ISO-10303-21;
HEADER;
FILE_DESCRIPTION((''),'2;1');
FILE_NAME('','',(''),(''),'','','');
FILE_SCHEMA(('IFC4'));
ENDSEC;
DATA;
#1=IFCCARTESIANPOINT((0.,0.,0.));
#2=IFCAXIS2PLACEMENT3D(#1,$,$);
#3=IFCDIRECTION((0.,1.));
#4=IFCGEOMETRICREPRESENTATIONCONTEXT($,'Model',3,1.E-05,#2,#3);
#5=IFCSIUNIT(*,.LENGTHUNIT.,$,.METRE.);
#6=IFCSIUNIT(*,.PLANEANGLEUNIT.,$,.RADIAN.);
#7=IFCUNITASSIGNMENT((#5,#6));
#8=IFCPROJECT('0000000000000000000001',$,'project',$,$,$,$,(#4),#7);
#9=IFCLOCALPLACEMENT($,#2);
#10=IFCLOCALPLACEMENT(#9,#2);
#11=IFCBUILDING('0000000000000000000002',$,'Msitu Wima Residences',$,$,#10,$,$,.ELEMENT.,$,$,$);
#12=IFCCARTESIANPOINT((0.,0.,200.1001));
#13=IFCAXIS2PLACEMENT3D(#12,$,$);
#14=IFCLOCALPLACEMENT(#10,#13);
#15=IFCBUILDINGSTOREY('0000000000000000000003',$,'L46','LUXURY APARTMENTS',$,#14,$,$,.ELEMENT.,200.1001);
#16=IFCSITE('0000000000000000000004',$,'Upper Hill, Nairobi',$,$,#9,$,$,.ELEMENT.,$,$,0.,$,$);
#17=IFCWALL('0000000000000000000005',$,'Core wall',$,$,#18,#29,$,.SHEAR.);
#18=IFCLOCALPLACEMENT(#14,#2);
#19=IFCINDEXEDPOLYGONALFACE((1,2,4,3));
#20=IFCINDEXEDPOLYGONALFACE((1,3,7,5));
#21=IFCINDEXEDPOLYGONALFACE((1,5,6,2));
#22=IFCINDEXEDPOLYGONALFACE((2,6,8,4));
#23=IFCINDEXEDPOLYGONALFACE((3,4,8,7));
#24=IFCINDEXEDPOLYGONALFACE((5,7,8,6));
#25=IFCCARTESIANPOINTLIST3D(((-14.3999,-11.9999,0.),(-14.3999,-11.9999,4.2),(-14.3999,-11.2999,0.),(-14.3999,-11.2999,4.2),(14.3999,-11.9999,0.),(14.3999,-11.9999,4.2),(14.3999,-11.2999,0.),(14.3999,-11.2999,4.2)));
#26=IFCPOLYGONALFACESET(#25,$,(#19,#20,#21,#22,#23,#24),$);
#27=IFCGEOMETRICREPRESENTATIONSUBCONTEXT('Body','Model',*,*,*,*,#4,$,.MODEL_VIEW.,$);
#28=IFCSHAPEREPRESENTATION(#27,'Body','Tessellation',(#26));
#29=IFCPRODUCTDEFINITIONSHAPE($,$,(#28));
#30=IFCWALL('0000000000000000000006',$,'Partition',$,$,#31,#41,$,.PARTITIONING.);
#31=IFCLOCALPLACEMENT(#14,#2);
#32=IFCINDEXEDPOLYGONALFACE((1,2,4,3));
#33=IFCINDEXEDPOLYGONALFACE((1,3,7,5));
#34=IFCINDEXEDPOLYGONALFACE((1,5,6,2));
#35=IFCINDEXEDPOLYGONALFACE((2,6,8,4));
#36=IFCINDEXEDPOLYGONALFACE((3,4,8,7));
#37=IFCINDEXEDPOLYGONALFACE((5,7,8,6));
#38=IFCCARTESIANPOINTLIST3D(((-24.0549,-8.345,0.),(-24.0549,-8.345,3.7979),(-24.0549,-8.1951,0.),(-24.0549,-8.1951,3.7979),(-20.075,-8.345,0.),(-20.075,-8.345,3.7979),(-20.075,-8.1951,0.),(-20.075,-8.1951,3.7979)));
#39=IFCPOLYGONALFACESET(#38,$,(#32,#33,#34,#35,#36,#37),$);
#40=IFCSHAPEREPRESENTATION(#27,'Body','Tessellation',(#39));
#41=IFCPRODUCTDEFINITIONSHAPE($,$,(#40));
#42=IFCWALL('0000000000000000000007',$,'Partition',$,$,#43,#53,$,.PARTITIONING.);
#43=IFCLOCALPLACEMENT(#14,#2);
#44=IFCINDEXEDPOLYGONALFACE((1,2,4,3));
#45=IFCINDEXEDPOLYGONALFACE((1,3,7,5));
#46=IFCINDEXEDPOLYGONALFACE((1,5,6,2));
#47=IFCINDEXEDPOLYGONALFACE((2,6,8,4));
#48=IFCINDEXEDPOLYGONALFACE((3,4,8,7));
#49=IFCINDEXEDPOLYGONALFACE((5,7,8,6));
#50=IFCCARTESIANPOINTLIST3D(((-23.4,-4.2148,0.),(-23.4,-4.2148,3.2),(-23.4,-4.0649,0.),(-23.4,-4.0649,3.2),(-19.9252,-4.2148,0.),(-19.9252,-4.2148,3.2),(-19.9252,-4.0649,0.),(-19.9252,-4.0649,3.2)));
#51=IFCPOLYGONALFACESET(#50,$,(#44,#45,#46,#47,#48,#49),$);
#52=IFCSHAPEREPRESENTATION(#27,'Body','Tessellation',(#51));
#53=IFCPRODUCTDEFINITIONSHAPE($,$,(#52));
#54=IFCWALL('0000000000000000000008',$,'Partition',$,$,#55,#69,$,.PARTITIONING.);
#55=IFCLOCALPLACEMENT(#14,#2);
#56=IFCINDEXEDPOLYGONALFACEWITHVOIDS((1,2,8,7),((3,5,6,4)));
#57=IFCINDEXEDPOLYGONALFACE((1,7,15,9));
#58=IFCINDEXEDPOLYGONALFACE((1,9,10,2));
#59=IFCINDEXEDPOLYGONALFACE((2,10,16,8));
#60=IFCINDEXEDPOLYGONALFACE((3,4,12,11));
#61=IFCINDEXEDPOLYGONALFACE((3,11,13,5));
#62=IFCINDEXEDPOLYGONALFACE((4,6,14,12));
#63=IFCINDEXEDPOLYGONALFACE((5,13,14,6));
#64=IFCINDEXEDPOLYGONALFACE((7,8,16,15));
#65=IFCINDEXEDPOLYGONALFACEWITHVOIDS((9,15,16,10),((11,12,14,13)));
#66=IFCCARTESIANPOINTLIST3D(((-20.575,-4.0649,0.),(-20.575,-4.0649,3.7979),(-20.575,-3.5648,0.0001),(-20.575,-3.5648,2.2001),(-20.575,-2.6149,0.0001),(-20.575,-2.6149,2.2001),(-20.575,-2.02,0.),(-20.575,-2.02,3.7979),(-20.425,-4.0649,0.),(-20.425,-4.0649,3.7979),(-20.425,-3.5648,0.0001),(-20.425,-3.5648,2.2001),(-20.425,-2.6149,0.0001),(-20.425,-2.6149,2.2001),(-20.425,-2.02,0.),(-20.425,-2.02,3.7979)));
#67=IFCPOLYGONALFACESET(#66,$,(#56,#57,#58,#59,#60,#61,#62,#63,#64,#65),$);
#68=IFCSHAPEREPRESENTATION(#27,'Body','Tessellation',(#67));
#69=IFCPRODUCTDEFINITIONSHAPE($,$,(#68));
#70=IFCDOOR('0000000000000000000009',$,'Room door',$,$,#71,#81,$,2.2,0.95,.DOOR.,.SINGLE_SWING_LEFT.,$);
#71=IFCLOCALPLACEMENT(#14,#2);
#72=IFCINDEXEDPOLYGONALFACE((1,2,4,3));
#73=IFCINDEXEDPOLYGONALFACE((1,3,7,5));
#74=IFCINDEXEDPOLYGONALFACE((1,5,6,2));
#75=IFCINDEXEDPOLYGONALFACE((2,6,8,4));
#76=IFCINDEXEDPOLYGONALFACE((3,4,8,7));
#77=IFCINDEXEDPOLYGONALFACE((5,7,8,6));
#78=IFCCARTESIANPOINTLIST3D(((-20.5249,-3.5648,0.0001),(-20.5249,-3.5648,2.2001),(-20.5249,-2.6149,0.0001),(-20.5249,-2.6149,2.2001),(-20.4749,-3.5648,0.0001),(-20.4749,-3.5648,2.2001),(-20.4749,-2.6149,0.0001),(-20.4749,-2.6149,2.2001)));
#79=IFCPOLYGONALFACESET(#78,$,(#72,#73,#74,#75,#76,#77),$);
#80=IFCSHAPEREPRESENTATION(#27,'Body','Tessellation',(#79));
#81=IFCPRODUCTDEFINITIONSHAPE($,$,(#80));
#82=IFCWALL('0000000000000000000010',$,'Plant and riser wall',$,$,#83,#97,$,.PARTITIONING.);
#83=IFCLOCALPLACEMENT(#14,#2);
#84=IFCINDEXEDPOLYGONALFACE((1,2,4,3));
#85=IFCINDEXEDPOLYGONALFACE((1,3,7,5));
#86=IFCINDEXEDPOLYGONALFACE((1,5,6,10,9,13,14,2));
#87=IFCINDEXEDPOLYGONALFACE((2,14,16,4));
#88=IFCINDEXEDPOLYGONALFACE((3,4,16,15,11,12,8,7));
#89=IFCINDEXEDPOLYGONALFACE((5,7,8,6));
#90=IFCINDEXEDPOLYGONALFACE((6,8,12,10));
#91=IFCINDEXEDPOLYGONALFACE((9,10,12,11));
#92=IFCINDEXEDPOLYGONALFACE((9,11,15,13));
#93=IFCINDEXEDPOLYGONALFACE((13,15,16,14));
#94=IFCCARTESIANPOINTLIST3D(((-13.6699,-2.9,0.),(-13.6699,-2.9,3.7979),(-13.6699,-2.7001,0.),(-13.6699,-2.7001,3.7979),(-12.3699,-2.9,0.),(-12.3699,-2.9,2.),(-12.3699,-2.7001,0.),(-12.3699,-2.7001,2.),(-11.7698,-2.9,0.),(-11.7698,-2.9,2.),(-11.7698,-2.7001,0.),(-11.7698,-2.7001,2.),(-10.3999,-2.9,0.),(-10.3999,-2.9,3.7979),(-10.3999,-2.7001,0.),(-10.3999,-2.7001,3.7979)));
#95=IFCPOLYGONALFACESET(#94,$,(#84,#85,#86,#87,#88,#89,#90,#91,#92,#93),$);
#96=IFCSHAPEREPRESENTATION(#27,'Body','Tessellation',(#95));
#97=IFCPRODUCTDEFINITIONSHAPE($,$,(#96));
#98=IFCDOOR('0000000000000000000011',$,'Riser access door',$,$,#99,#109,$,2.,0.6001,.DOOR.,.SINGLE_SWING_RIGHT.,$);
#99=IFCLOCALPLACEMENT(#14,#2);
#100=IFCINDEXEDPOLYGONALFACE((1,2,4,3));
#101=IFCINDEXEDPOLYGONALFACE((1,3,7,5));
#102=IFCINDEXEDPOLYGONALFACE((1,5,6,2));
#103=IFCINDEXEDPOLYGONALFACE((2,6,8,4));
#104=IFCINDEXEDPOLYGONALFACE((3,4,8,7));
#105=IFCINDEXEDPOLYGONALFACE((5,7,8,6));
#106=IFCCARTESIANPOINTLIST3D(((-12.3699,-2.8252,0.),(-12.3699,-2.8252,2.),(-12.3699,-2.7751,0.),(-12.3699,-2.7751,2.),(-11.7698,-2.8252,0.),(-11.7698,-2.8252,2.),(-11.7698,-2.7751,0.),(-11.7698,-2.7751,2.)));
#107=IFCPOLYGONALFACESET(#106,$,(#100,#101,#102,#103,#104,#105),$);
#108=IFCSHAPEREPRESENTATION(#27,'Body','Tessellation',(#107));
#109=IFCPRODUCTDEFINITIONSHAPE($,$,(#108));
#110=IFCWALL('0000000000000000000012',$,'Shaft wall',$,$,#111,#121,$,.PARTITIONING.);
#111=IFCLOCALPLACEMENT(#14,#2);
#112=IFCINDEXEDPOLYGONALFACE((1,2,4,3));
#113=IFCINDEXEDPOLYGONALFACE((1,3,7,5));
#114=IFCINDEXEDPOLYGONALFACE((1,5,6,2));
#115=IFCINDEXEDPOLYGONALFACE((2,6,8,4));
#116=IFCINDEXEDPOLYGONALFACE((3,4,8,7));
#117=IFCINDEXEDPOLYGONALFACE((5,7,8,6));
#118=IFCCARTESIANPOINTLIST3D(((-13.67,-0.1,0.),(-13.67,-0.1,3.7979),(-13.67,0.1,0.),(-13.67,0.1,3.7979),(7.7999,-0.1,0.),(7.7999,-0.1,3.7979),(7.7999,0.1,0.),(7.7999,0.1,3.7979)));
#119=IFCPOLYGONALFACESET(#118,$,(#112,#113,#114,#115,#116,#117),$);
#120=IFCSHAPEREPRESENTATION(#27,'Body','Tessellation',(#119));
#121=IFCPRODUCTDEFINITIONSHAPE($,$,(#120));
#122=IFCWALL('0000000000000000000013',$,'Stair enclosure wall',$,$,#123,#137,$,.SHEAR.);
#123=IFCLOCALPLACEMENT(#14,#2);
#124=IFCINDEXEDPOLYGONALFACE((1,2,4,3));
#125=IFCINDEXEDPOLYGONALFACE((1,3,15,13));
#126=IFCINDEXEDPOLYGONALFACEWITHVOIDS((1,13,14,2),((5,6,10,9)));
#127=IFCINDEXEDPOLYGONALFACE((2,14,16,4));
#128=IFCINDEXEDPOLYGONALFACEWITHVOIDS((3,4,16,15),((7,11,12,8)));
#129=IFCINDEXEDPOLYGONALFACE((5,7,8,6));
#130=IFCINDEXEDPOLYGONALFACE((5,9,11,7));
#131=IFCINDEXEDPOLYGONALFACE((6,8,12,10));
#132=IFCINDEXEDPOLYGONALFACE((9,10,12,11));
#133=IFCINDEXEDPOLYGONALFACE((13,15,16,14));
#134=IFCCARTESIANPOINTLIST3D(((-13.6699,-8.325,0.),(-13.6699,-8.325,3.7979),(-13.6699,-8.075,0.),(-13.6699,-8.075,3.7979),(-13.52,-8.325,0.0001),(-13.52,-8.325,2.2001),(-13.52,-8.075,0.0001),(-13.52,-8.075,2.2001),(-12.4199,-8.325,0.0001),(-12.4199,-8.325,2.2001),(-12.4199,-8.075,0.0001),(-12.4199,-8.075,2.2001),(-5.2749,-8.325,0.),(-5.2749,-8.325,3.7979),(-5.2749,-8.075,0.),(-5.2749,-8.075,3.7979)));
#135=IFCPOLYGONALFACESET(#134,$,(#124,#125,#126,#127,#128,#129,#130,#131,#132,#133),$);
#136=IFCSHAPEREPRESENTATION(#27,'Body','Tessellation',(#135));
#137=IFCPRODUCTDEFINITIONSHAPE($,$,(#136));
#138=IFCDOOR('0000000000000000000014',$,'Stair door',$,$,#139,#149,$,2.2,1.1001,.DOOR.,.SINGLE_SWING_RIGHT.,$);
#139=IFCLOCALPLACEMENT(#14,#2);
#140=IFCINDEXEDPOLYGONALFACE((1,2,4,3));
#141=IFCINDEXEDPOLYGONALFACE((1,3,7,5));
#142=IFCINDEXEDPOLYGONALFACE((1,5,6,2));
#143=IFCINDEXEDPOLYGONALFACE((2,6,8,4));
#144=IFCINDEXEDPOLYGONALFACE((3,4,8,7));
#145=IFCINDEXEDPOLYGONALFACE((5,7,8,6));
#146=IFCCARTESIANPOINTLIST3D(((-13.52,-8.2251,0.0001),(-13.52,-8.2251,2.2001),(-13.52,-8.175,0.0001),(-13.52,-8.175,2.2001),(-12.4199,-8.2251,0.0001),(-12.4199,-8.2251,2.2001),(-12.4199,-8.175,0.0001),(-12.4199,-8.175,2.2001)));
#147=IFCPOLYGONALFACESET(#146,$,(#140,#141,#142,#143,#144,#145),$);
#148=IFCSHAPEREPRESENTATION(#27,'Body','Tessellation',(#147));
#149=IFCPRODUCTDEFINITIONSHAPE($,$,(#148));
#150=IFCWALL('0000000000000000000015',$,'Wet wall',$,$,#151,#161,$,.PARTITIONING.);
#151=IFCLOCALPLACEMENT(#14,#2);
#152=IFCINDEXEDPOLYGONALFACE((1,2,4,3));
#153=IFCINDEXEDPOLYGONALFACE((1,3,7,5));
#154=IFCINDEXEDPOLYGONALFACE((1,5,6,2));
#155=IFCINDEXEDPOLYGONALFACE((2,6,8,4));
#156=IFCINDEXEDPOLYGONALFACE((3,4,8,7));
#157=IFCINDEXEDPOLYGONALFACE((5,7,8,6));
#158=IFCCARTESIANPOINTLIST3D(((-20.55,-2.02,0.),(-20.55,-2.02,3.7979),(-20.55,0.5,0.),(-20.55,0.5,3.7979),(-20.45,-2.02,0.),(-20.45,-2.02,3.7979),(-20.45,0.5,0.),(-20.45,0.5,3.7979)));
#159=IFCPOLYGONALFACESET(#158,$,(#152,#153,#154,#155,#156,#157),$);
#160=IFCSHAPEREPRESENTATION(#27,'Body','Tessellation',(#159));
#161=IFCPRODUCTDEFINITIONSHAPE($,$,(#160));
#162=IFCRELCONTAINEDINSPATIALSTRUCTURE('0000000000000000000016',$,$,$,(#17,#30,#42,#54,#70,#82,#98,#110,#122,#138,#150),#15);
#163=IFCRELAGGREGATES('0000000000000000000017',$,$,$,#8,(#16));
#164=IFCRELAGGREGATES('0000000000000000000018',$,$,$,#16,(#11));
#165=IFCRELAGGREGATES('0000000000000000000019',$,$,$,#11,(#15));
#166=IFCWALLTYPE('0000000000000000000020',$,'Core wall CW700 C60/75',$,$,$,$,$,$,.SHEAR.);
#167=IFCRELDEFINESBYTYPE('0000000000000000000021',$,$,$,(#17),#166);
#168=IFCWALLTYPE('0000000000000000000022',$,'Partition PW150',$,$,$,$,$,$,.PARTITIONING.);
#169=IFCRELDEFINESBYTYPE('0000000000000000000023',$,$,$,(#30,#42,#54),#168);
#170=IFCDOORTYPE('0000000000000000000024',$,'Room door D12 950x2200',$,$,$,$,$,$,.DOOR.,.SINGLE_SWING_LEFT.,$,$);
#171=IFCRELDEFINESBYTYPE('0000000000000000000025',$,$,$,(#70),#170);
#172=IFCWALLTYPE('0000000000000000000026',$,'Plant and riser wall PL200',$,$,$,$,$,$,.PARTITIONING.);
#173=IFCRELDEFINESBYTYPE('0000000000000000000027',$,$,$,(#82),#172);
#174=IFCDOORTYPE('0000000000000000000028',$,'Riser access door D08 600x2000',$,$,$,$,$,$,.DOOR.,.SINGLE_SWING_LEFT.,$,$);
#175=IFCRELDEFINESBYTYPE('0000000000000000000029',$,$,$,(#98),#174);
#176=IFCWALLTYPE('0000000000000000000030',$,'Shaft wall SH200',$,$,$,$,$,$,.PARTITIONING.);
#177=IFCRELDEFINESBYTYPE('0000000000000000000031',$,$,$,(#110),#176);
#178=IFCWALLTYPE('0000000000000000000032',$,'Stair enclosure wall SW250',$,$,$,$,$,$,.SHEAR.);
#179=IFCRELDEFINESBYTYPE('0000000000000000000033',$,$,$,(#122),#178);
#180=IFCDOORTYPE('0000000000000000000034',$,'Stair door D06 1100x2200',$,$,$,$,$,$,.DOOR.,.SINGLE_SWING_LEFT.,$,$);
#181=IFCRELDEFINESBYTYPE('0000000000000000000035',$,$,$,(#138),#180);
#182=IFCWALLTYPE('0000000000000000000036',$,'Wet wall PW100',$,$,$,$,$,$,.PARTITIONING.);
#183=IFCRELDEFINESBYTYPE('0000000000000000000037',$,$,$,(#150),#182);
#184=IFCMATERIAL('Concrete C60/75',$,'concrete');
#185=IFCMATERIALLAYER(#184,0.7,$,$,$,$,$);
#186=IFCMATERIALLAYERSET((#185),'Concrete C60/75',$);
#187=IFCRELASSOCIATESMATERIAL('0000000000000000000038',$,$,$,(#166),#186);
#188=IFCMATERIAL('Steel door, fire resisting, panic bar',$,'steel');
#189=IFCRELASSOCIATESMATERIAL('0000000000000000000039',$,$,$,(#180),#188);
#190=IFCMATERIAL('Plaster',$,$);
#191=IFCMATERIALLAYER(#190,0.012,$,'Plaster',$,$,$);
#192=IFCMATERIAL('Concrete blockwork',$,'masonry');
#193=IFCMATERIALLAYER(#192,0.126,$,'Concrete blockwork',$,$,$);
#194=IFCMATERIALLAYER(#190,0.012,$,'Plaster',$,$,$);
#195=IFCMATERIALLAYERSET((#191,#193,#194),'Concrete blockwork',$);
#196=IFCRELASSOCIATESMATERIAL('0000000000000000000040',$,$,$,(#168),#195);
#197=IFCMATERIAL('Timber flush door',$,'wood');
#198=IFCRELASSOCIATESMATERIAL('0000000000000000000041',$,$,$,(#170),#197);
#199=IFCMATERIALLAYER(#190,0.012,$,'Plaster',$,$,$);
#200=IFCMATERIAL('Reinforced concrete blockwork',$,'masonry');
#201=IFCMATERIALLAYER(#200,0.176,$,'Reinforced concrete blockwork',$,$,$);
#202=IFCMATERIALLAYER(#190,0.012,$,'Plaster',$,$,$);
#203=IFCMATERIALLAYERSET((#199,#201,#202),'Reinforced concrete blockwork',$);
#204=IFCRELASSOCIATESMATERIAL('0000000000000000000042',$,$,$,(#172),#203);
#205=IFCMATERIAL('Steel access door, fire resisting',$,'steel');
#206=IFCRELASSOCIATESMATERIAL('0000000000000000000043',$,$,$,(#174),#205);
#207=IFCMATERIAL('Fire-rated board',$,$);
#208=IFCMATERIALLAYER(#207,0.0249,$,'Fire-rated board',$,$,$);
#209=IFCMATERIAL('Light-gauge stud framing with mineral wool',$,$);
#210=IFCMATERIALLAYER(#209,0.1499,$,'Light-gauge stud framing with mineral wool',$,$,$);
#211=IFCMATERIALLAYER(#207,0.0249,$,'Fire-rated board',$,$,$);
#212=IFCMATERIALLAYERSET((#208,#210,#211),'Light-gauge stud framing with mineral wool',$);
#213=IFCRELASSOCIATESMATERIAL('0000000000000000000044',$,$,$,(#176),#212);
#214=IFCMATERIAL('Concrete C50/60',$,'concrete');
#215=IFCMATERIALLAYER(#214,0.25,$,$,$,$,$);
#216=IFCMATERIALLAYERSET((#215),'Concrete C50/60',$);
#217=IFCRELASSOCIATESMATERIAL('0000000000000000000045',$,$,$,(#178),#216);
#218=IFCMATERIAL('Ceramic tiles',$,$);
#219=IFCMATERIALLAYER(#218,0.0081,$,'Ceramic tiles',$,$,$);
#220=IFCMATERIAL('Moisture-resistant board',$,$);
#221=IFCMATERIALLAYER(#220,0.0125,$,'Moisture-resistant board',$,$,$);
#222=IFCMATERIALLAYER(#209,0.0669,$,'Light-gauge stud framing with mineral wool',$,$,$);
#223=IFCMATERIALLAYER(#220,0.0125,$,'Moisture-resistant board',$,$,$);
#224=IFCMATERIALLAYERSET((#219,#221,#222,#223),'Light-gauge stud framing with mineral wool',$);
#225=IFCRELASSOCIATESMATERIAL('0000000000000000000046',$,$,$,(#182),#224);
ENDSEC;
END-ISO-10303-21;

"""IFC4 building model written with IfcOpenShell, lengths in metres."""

from ifc_helpers import new_model, si_unit, direction, frame, frame_2d, origin, place, context, subcontext, project, spatial, rectangle, extrude, material, layer, layer_set, type_object, element, fill, save


model = new_model("IFC4")

# Units and contexts
model_context = context("Model", 3, precision=1e-05, world=origin(), true_north=direction((0.0, 1.0)))
body_context = subcontext(model_context, "Body", "Model", "MODEL_VIEW")
ifc_project = project(units=[si_unit("LENGTHUNIT", "METRE"), si_unit("PLANEANGLEUNIT", "RADIAN")], contexts=[model_context])

# Site, building, storey
site_placement = place(None, origin())
site = spatial("IfcSite", under=ifc_project, at=site_placement, Name="Upper Hill, Nairobi", CompositionType="ELEMENT", RefElevation=0.0)
building_placement = place(site_placement, origin())
building = spatial("IfcBuilding", under=site, at=building_placement, Name="Msitu Wima Residences", CompositionType="ELEMENT")
storey_placement = place(building_placement, frame((0.0, 0.0, 200.1001)))
storey = spatial("IfcBuildingStorey", under=building, at=storey_placement, Name="L46", Description="LUXURY APARTMENTS", CompositionType="ELEMENT", Elevation=200.1001)

# Shared definitions
ifc_material_1 = material(Name="Concrete C60/75", Category="concrete")

# Shared definitions
ifc_material_2 = material(Name="Concrete C50/60", Category="concrete")

# Wall
ifc_layer_1 = layer(ifc_material_1, 0.7)
ifc_layer_set_1 = layer_set([ifc_layer_1], Name="Concrete C60/75")
wall_type_1 = type_object("IfcWallType", Name="Core wall CW700 C60/75", PredefinedType="SHEAR", material=ifc_layer_set_1)
wall_1_placement = place(storey_placement, frame((-14.3999, -11.6499, 0.0), z_axis=(0.0, 0.0, 1.0), x_axis=(1.0, 0.0, 0.0)))
element("IfcWall", 1, at=wall_1_placement, inside=storey, type_object=wall_type_1, Name="Core wall", PredefinedType="SHEAR", context=body_context, shape_type="SweptSolid", body=[
    extrude(rectangle(XDim=28.7998, YDim=0.7, at=frame_2d((14.3999, 0.0))), origin(), (0.0, 0.0, 1.0), 4.2),
])

# Shared definitions
ifc_material_3 = material(Name="Steel door, fire resisting, panic bar", Category="steel")
door_type_1 = type_object("IfcDoorType", Name="Stair door D06 1100x2200", OperationType="SINGLE_SWING_LEFT", PredefinedType="DOOR", material=ifc_material_3)

# Walls
ifc_material_4 = material(Name="Plaster")
ifc_layer_2 = layer(ifc_material_4, 0.012, Name="Plaster")
ifc_material_5 = material(Name="Concrete blockwork", Category="masonry")
ifc_layer_3 = layer(ifc_material_5, 0.126, Name="Concrete blockwork")
ifc_layer_4 = layer(ifc_material_4, 0.012, Name="Plaster")
ifc_layer_set_2 = layer_set([ifc_layer_2, ifc_layer_3, ifc_layer_4], Name="Concrete blockwork")
wall_type_2 = type_object("IfcWallType", Name="Partition PW150", PredefinedType="PARTITIONING", material=ifc_layer_set_2)
wall_2_placement = place(storey_placement, frame((-24.0549, -8.27, 0.0), z_axis=(0.0, 0.0, 1.0), x_axis=(1.0, 0.0, 0.0)))
element("IfcWall", 2, at=wall_2_placement, inside=storey, type_object=wall_type_2, Name="Partition", PredefinedType="PARTITIONING", context=body_context, shape_type="SweptSolid", body=[
    extrude(rectangle(XDim=3.98, YDim=0.1499, at=frame_2d((1.99, 0.0))), origin(), (0.0, 0.0, 1.0), 3.7979),
])
wall_3_placement = place(storey_placement, frame((-23.3999, -4.1399, 0.0), z_axis=(0.0, 0.0, 1.0), x_axis=(1.0, 0.0, 0.0)))
element("IfcWall", 3, at=wall_3_placement, inside=storey, type_object=wall_type_2, Name="Partition", PredefinedType="PARTITIONING", context=body_context, shape_type="SweptSolid", body=[
    extrude(rectangle(XDim=3.4749, YDim=0.1499, at=frame_2d((1.7373, 0.0))), origin(), (0.0, 0.0, 1.0), 3.2),
])

# Walls, openings, doors
wall_4_placement = place(storey_placement, frame((-20.5, -4.0649, 0.0), z_axis=(0.0, 0.0, 1.0), x_axis=(0.0, 1.0, 0.0)))
wall_4 = element("IfcWall", 4, at=wall_4_placement, inside=storey, type_object=wall_type_2, Name="Partition", PredefinedType="PARTITIONING", context=body_context, shape_type="SweptSolid", body=[
    extrude(rectangle(XDim=2.0449, YDim=0.1499, at=frame_2d((1.0225, 0.0))), origin(), (0.0, 0.0, 1.0), 3.7979),
])
opening_1_placement = place(wall_4_placement, frame((0.5, 0.0, 0.0)))
opening_1 = element("IfcOpeningElement", 5, at=opening_1_placement, cuts=wall_4, PredefinedType="OPENING", context=body_context, shape_type="SweptSolid", body=[
    extrude(rectangle(XDim=0.95, YDim=2.2, at=frame_2d((0.4751, 1.1001))), frame((0.0, 0.085, 0.0), z_axis=(0.0, -1.0, 0.0), x_axis=(1.0, 0.0, 0.0)), (0.0, 0.0, 1.0), 0.1699),
])
ifc_material_6 = material(Name="Timber flush door", Category="wood")
door_type_2 = type_object("IfcDoorType", Name="Room door D12 950x2200", OperationType="SINGLE_SWING_LEFT", PredefinedType="DOOR", material=ifc_material_6)
door_1_placement = place(opening_1_placement, origin())
door_1 = element("IfcDoor", 6, at=door_1_placement, inside=storey, type_object=door_type_2, Name="Room door", OperationType="SINGLE_SWING_LEFT", OverallHeight=2.2, OverallWidth=0.95, PredefinedType="DOOR", context=body_context, shape_type="SweptSolid", body=[
    extrude(rectangle(XDim=0.95, YDim=2.2, at=frame_2d((0.4751, 1.1001))), frame((0.0, 0.0249, 0.0), z_axis=(0.0, -1.0, 0.0), x_axis=(1.0, 0.0, 0.0)), (0.0, 0.0, 1.0), 0.05),
])
fill(opening_1, door_1)
ifc_layer_5 = layer(ifc_material_4, 0.012, Name="Plaster")
ifc_material_7 = material(Name="Reinforced concrete blockwork", Category="masonry")
ifc_layer_6 = layer(ifc_material_7, 0.176, Name="Reinforced concrete blockwork")
ifc_layer_7 = layer(ifc_material_4, 0.012, Name="Plaster")
ifc_layer_set_3 = layer_set([ifc_layer_5, ifc_layer_6, ifc_layer_7], Name="Reinforced concrete blockwork")
wall_type_3 = type_object("IfcWallType", Name="Plant and riser wall PL200", PredefinedType="PARTITIONING", material=ifc_layer_set_3)
wall_5_placement = place(storey_placement, frame((-13.6699, -2.8, 0.0), z_axis=(0.0, 0.0, 1.0), x_axis=(1.0, 0.0, 0.0)))
wall_5 = element("IfcWall", 7, at=wall_5_placement, inside=storey, type_object=wall_type_3, Name="Plant and riser wall", PredefinedType="PARTITIONING", context=body_context, shape_type="SweptSolid", body=[
    extrude(rectangle(XDim=3.27, YDim=0.2, at=frame_2d((1.635, 0.0))), origin(), (0.0, 0.0, 1.0), 3.7979),
])
opening_2_placement = place(wall_5_placement, frame((1.3, 0.0, 0.0)))
opening_2 = element("IfcOpeningElement", 8, at=opening_2_placement, cuts=wall_5, PredefinedType="OPENING", context=body_context, shape_type="SweptSolid", body=[
    extrude(rectangle(XDim=0.6001, YDim=2.0, at=frame_2d((0.3, 1.0))), frame((0.0, 0.1099, 0.0), z_axis=(0.0, -1.0, 0.0), x_axis=(1.0, 0.0, 0.0)), (0.0, 0.0, 1.0), 0.22),
])
ifc_material_8 = material(Name="Steel access door, fire resisting", Category="steel")
door_type_3 = type_object("IfcDoorType", Name="Riser access door D08 600x2000", OperationType="SINGLE_SWING_LEFT", PredefinedType="DOOR", material=ifc_material_8)
door_2_placement = place(opening_2_placement, origin())
door_2 = element("IfcDoor", 9, at=door_2_placement, inside=storey, type_object=door_type_3, Name="Riser access door", OperationType="SINGLE_SWING_RIGHT", OverallHeight=2.0, OverallWidth=0.6001, PredefinedType="DOOR", context=body_context, shape_type="SweptSolid", body=[
    extrude(rectangle(XDim=0.6001, YDim=2.0, at=frame_2d((0.3, 1.0))), frame((0.0, 0.0249, 0.0), z_axis=(0.0, -1.0, 0.0), x_axis=(1.0, 0.0, 0.0)), (0.0, 0.0, 1.0), 0.05),
])
fill(opening_2, door_2)

# Wall
ifc_material_9 = material(Name="Fire-rated board")
ifc_layer_8 = layer(ifc_material_9, 0.0249, Name="Fire-rated board")
ifc_material_10 = material(Name="Light-gauge stud framing with mineral wool")
ifc_layer_9 = layer(ifc_material_10, 0.1499, Name="Light-gauge stud framing with mineral wool")
ifc_layer_10 = layer(ifc_material_9, 0.0249, Name="Fire-rated board")
ifc_layer_set_4 = layer_set([ifc_layer_8, ifc_layer_9, ifc_layer_10], Name="Light-gauge stud framing with mineral wool")
wall_type_4 = type_object("IfcWallType", Name="Shaft wall SH200", PredefinedType="PARTITIONING", material=ifc_layer_set_4)
wall_6_placement = place(storey_placement, frame((-13.6699, 0.0, 0.0), z_axis=(0.0, 0.0, 1.0), x_axis=(1.0, 0.0, 0.0)))
element("IfcWall", 10, at=wall_6_placement, inside=storey, type_object=wall_type_4, Name="Shaft wall", PredefinedType="PARTITIONING", context=body_context, shape_type="SweptSolid", body=[
    extrude(rectangle(XDim=21.47, YDim=0.2, at=frame_2d((10.7349, 0.0))), origin(), (0.0, 0.0, 1.0), 3.7979),
])

# Wall, opening, door
ifc_layer_11 = layer(ifc_material_2, 0.25)
ifc_layer_set_5 = layer_set([ifc_layer_11], Name="Concrete C50/60")
wall_type_5 = type_object("IfcWallType", Name="Stair enclosure wall SW250", PredefinedType="SHEAR", material=ifc_layer_set_5)
wall_7_placement = place(storey_placement, frame((-13.6699, -8.2, 0.0), z_axis=(0.0, 0.0, 1.0), x_axis=(1.0, 0.0, 0.0)))
wall_7 = element("IfcWall", 11, at=wall_7_placement, inside=storey, type_object=wall_type_5, Name="Stair enclosure wall", PredefinedType="SHEAR", context=body_context, shape_type="SweptSolid", body=[
    extrude(rectangle(XDim=8.395, YDim=0.25, at=frame_2d((4.1975, 0.0))), origin(), (0.0, 0.0, 1.0), 3.7979),
])
opening_3_placement = place(wall_7_placement, frame((0.1499, 0.0, 0.0)))
opening_3 = element("IfcOpeningElement", 12, at=opening_3_placement, cuts=wall_7, PredefinedType="OPENING", context=body_context, shape_type="SweptSolid", body=[
    extrude(rectangle(XDim=1.1001, YDim=2.2, at=frame_2d((0.55, 1.1001))), frame((0.0, 0.135, 0.0), z_axis=(0.0, -1.0, 0.0), x_axis=(1.0, 0.0, 0.0)), (0.0, 0.0, 1.0), 0.27),
])
door_3_placement = place(opening_3_placement, origin())
door_3 = element("IfcDoor", 13, at=door_3_placement, inside=storey, type_object=door_type_1, Name="Stair door", OperationType="SINGLE_SWING_RIGHT", OverallHeight=2.2, OverallWidth=1.1001, PredefinedType="DOOR", context=body_context, shape_type="SweptSolid", body=[
    extrude(rectangle(XDim=1.1001, YDim=2.2, at=frame_2d((0.55, 1.1001))), frame((0.0, 0.0249, 0.0), z_axis=(0.0, -1.0, 0.0), x_axis=(1.0, 0.0, 0.0)), (0.0, 0.0, 1.0), 0.05),
])
fill(opening_3, door_3)

# Wall
ifc_material_11 = material(Name="Ceramic tiles")
ifc_layer_12 = layer(ifc_material_11, 0.0081, Name="Ceramic tiles")
ifc_material_12 = material(Name="Moisture-resistant board")
ifc_layer_13 = layer(ifc_material_12, 0.0125, Name="Moisture-resistant board")
ifc_layer_14 = layer(ifc_material_10, 0.0669, Name="Light-gauge stud framing with mineral wool")
ifc_layer_15 = layer(ifc_material_12, 0.0125, Name="Moisture-resistant board")
ifc_layer_set_6 = layer_set([ifc_layer_12, ifc_layer_13, ifc_layer_14, ifc_layer_15], Name="Light-gauge stud framing with mineral wool")
wall_type_6 = type_object("IfcWallType", Name="Wet wall PW100", PredefinedType="PARTITIONING", material=ifc_layer_set_6)
wall_8_placement = place(storey_placement, frame((-20.5, -2.02, 0.0), z_axis=(0.0, 0.0, 1.0), x_axis=(0.0, 1.0, 0.0)))
element("IfcWall", 14, at=wall_8_placement, inside=storey, type_object=wall_type_6, Name="Wet wall", PredefinedType="PARTITIONING", context=body_context, shape_type="SweptSolid", body=[
    extrude(rectangle(XDim=2.52, YDim=0.1001, at=frame_2d((1.26, 0.0))), origin(), (0.0, 0.0, 1.0), 3.7979),
])

save(model, "model.ifc")
